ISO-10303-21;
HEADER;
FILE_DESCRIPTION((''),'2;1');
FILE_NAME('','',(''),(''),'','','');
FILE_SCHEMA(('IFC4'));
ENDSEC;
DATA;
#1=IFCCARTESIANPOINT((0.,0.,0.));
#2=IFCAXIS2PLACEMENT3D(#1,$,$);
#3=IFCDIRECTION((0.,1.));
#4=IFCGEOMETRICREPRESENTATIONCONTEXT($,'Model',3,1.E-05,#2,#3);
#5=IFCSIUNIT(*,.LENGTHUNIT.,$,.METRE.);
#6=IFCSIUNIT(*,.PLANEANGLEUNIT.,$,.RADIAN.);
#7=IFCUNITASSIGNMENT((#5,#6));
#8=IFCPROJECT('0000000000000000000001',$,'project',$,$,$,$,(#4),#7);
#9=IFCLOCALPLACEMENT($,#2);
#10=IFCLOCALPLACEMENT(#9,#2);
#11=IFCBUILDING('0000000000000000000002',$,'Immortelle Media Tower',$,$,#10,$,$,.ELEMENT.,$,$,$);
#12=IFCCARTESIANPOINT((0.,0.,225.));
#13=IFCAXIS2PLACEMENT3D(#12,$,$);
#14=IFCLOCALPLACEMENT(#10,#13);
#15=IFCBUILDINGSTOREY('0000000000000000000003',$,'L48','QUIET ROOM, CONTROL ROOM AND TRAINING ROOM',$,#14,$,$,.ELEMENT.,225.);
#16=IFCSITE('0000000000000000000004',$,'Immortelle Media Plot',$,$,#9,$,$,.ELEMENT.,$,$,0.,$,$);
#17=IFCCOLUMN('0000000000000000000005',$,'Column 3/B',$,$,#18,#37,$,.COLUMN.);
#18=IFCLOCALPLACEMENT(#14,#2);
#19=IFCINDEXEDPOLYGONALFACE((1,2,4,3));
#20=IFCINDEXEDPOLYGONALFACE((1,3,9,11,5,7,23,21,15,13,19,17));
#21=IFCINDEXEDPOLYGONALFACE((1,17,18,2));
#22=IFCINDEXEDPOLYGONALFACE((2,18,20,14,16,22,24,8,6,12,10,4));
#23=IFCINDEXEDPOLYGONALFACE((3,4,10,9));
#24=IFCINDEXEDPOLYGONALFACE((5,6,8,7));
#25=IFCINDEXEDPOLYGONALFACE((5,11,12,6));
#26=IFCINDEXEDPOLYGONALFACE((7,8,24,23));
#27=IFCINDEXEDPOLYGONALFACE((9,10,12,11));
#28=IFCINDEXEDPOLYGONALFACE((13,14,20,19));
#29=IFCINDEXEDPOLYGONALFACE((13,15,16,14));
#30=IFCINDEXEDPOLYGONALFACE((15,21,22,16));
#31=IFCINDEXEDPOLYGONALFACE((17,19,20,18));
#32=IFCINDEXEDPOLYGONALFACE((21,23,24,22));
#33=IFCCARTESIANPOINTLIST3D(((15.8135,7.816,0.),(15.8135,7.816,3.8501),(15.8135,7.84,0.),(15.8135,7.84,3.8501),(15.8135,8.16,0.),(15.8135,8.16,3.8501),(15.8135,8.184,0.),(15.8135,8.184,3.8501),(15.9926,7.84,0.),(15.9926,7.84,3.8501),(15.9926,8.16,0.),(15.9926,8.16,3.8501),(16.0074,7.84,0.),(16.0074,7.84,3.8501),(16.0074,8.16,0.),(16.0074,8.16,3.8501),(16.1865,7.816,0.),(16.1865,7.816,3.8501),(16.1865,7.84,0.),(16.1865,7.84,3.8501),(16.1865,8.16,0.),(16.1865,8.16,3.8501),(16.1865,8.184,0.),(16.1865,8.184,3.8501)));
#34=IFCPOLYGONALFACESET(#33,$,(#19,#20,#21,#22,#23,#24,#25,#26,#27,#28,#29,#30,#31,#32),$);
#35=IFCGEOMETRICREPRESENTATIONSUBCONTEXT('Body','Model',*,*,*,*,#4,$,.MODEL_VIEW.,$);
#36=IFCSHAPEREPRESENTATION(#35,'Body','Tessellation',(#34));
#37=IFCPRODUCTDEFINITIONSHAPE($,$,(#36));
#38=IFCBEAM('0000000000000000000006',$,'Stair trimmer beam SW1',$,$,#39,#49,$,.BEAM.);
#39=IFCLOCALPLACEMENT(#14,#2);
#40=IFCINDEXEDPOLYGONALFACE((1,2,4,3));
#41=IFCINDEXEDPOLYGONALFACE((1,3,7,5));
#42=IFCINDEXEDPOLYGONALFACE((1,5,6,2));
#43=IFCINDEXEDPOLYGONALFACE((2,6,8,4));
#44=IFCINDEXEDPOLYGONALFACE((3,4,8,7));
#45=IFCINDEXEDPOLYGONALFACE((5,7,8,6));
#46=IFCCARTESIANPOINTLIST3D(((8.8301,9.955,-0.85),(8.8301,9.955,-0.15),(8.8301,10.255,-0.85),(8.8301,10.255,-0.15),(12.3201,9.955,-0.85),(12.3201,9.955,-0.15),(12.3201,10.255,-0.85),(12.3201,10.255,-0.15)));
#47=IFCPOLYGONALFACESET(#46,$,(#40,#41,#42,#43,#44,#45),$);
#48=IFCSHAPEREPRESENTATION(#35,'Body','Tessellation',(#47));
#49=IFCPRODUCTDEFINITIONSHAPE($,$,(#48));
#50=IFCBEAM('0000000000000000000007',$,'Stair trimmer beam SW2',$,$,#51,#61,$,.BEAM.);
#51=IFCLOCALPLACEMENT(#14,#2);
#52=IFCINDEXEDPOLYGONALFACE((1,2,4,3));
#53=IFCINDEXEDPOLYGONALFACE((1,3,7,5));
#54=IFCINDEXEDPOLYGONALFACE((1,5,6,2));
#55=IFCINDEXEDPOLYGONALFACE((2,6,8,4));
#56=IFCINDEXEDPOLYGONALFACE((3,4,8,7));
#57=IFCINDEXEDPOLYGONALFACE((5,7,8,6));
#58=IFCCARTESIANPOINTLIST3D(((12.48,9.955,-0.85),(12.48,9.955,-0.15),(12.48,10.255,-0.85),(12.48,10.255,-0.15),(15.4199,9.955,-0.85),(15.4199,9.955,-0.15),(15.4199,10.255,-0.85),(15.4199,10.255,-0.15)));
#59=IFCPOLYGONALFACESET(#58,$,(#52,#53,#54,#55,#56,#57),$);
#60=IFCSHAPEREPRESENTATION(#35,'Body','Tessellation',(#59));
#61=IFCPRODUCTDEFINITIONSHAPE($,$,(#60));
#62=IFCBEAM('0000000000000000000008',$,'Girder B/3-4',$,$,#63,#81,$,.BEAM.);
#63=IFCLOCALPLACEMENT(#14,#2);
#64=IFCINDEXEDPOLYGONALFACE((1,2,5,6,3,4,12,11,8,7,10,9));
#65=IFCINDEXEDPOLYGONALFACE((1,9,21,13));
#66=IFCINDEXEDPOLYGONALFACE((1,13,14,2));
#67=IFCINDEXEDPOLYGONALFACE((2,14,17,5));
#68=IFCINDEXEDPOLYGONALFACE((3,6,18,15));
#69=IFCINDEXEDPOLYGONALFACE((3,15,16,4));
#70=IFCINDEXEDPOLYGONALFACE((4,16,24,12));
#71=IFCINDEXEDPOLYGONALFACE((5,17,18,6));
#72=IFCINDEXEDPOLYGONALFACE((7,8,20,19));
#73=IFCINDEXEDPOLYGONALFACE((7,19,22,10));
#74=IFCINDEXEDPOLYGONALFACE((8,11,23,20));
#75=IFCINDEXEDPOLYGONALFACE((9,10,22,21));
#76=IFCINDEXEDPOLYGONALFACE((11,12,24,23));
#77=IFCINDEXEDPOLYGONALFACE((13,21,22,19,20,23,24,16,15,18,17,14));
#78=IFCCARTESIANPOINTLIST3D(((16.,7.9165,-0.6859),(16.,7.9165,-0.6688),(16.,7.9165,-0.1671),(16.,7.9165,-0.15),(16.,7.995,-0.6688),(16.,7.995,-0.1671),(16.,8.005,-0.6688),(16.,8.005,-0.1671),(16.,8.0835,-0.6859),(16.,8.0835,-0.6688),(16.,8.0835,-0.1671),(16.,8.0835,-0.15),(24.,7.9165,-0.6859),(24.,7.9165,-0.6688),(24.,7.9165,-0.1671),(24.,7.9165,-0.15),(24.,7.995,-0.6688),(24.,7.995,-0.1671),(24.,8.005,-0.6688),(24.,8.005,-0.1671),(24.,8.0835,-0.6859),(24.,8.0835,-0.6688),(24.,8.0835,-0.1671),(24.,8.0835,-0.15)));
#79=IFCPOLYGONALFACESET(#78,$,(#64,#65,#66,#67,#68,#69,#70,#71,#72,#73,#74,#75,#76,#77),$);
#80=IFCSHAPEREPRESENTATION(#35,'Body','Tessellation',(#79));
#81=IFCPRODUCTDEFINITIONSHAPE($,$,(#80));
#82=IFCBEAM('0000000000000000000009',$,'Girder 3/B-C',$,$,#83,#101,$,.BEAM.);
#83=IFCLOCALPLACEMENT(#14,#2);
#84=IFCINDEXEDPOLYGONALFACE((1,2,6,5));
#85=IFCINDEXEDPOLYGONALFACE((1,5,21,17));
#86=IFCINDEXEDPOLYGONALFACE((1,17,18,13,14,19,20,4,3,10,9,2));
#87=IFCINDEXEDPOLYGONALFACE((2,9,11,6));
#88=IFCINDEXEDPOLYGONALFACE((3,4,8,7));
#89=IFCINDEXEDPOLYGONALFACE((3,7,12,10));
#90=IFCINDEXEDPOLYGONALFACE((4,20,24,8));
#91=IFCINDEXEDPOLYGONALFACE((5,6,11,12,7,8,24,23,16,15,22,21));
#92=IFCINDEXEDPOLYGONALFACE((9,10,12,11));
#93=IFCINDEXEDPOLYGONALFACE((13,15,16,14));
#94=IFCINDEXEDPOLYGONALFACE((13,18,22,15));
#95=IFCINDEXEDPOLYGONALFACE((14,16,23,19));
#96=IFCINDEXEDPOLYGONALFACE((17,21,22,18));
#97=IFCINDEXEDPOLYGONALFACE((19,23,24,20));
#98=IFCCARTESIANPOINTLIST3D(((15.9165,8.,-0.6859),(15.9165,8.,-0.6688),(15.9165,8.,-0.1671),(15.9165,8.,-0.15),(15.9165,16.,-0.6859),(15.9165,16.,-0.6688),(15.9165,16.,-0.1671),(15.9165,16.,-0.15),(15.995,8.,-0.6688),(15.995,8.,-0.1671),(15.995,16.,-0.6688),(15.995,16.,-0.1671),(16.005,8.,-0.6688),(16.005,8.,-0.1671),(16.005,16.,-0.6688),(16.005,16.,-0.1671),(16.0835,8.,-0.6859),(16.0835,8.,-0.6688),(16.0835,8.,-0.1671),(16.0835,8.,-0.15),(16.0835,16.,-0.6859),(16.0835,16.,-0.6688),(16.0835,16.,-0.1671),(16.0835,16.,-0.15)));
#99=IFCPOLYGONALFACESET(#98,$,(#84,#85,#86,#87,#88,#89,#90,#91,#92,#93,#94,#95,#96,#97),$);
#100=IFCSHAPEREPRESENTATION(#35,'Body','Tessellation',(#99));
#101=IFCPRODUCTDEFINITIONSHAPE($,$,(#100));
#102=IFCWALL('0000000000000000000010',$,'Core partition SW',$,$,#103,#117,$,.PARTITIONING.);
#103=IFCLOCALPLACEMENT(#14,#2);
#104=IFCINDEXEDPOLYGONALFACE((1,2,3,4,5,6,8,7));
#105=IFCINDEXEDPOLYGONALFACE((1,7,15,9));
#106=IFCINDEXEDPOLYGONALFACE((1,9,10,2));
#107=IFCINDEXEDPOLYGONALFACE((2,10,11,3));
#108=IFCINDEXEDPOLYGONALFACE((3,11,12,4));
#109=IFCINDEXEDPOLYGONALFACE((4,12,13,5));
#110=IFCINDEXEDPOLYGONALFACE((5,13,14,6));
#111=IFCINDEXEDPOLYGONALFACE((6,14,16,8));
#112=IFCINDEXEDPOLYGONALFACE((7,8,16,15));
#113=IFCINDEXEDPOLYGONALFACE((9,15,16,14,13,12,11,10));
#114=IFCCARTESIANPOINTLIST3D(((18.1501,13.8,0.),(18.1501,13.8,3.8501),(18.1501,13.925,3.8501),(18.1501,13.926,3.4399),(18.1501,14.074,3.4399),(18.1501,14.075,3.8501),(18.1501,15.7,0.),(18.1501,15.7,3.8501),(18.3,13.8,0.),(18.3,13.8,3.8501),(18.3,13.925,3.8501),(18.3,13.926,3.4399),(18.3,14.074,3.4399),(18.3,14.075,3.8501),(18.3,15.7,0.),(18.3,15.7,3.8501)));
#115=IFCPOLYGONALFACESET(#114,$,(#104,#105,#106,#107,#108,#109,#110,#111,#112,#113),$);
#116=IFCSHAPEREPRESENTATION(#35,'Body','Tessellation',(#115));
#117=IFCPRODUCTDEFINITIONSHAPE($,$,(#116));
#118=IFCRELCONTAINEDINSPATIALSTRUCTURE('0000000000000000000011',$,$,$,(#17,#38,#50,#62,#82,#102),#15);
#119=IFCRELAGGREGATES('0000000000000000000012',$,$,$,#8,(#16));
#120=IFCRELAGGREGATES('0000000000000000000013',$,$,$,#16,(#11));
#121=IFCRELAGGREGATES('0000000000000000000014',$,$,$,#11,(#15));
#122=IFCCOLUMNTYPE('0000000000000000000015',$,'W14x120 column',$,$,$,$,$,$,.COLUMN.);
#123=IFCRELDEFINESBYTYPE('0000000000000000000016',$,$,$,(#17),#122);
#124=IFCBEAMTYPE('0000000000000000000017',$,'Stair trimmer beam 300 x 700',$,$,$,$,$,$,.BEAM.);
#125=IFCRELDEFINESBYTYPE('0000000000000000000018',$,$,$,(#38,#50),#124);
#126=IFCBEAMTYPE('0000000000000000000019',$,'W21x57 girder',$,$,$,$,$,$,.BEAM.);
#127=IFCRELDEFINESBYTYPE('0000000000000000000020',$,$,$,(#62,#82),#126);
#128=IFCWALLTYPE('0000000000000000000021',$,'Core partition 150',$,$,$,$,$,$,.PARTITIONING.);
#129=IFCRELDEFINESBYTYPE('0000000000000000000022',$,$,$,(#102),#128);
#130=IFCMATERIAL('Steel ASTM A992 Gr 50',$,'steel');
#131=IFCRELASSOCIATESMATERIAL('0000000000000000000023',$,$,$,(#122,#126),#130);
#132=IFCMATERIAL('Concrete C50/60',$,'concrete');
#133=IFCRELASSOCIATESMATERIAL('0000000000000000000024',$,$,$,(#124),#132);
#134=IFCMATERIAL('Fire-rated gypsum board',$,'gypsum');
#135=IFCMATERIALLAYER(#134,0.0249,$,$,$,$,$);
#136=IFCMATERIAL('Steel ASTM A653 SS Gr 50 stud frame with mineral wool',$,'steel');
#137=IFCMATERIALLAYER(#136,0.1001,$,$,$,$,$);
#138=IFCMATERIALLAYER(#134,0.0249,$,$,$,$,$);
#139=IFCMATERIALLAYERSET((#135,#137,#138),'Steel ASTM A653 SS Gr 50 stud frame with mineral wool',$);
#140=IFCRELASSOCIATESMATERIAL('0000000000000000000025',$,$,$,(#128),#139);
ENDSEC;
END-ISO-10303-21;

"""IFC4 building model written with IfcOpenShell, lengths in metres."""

from ifc_helpers import new_model, si_unit, direction, frame, origin, origin_2d, place, context, subcontext, project, spatial, polyline, rectangle, i_section, outline, extrude, material, layer, layer_set, material_profile, profile_set, type_object, element, save


model = new_model("IFC4")

# Units and contexts
model_context = context("Model", 3, precision=1e-05, world=origin(), true_north=direction((0.0, 1.0)))
body_context = subcontext(model_context, "Body", "Model", "MODEL_VIEW")
ifc_project = project(units=[si_unit("LENGTHUNIT", "METRE"), si_unit("PLANEANGLEUNIT", "RADIAN")], contexts=[model_context])

# Site, building, storey
site_placement = place(None, origin())
site = spatial("IfcSite", under=ifc_project, at=site_placement, Name="Immortelle Media Plot", CompositionType="ELEMENT", RefElevation=0.0)
building_placement = place(site_placement, origin())
building = spatial("IfcBuilding", under=site, at=building_placement, Name="Immortelle Media Tower", CompositionType="ELEMENT")
storey_placement = place(building_placement, frame((0.0, 0.0, 225.0)))
storey = spatial("IfcBuildingStorey", under=building, at=storey_placement, Name="L48", Description="QUIET ROOM, CONTROL ROOM AND TRAINING ROOM", CompositionType="ELEMENT", Elevation=225.0)

# Column
ifc_material_1 = material(Name="Steel ASTM A992 Gr 50", Category="steel")
ifc_material_profile_1 = material_profile(ifc_material_1, i_section(OverallWidth=0.373, OverallDepth=0.3679, WebThickness=0.0149, FlangeThickness=0.0239, at=origin_2d()), Name="W14x120")
ifc_profile_set_1 = profile_set([ifc_material_profile_1], Name="Steel ASTM A992 Gr 50")
column_type = type_object("IfcColumnType", Name="W14x120 column", PredefinedType="COLUMN", material=ifc_profile_set_1)
column_placement = place(storey_placement, frame((16.0, 8.0, 0.0), z_axis=(0.0, 0.0, 1.0), x_axis=(1.0, 0.0, 0.0)))
element("IfcColumn", 1, at=column_placement, inside=storey, type_object=column_type, Name="Column 3/B", PredefinedType="COLUMN", context=body_context, shape_type="SweptSolid", body=[
    extrude(i_section(OverallWidth=0.373, OverallDepth=0.3679, WebThickness=0.0149, FlangeThickness=0.0239, at=origin_2d()), origin(), (0.0, 0.0, 1.0), 3.8501),
])

# Beams
ifc_material_2 = material(Name="Concrete C50/60", Category="concrete")
ifc_material_profile_2 = material_profile(ifc_material_2, rectangle(XDim=0.3, YDim=0.7, at=origin_2d()), Name="RC 300x700")
ifc_profile_set_2 = profile_set([ifc_material_profile_2], Name="Concrete C50/60")
beam_type_1 = type_object("IfcBeamType", Name="Stair trimmer beam 300 x 700", PredefinedType="BEAM", material=ifc_profile_set_2)
beam_1_placement = place(storey_placement, frame((8.8301, 10.105, -0.5), z_axis=(1.0, 0.0, 0.0), x_axis=(0.0, 1.0, 0.0)))
element("IfcBeam", 2, at=beam_1_placement, inside=storey, type_object=beam_type_1, Name="Stair trimmer beam SW1", PredefinedType="BEAM", context=body_context, shape_type="SweptSolid", body=[
    extrude(rectangle(XDim=0.3, YDim=0.7, at=origin_2d()), origin(), (0.0, 0.0, 1.0), 3.49),
])
beam_2_placement = place(storey_placement, frame((12.48, 10.105, -0.5), z_axis=(1.0, 0.0, 0.0), x_axis=(0.0, 1.0, 0.0)))
element("IfcBeam", 3, at=beam_2_placement, inside=storey, type_object=beam_type_1, Name="Stair trimmer beam SW2", PredefinedType="BEAM", context=body_context, shape_type="SweptSolid", body=[
    extrude(rectangle(XDim=0.3, YDim=0.7, at=origin_2d()), origin(), (0.0, 0.0, 1.0), 2.9399),
])
ifc_material_profile_3 = material_profile(ifc_material_1, i_section(OverallWidth=0.167, OverallDepth=0.5359, WebThickness=0.01, FlangeThickness=0.0171, at=origin_2d()), Name="W21x57")
ifc_profile_set_3 = profile_set([ifc_material_profile_3], Name="Steel ASTM A992 Gr 50")
beam_type_2 = type_object("IfcBeamType", Name="W21x57 girder", PredefinedType="BEAM", material=ifc_profile_set_3)
for number, where, z_axis, x_axis, name in (
    (4, (16.0, 8.0, -0.418), (1.0, 0.0, 0.0), (0.0, 1.0, 0.0), "Girder B/3-4"),
    (5, (16.0, 8.0, -0.418), (0.0, 1.0, 0.0), (-1.0, 0.0, 0.0), "Girder 3/B-C"),
):
    element("IfcBeam", number, at=place(storey_placement, frame(where, z_axis=z_axis, x_axis=x_axis)), inside=storey, type_object=beam_type_2, Name=name, PredefinedType="BEAM", context=body_context, shape_type="SweptSolid", body=[
        extrude(i_section(OverallWidth=0.167, OverallDepth=0.5359, WebThickness=0.01, FlangeThickness=0.0171, at=origin_2d()), origin(), (0.0, 0.0, 1.0), 8.0),
    ])

# Wall
ifc_material_3 = material(Name="Fire-rated gypsum board", Category="gypsum")
ifc_layer_1 = layer(ifc_material_3, 0.0249)
ifc_material_4 = material(Name="Steel ASTM A653 SS Gr 50 stud frame with mineral wool", Category="steel")
ifc_layer_2 = layer(ifc_material_4, 0.1001)
ifc_layer_3 = layer(ifc_material_3, 0.0249)
ifc_layer_set_1 = layer_set([ifc_layer_1, ifc_layer_2, ifc_layer_3], Name="Steel ASTM A653 SS Gr 50 stud frame with mineral wool")
wall_type_1 = type_object("IfcWallType", Name="Core partition 150", PredefinedType="PARTITIONING", material=ifc_layer_set_1)
wall_1_placement = place(storey_placement, frame((18.2251, 13.8, 0.0), z_axis=(0.0, 0.0, 1.0), x_axis=(0.0, 1.0, 0.0)))
element("IfcWall", 6, at=wall_1_placement, inside=storey, type_object=wall_type_1, Name="Core partition SW", PredefinedType="PARTITIONING", context=body_context, shape_type="SweptSolid", body=[
    extrude(outline(polyline([(0.0, 0.0), (1.8999, 0.0), (1.8999, 3.8501), (0.2749, 3.8501), (0.2739, 3.4399), (0.126, 3.4399), (0.125, 3.8501), (0.0, 3.8501), (0.0, 0.0)])), frame((0.0, 0.075, 0.0), z_axis=(0.0, -1.0, 0.0), x_axis=(1.0, 0.0, 0.0)), (0.0, 0.0, 1.0), 0.1499),
])

save(model, "model.ifc")
